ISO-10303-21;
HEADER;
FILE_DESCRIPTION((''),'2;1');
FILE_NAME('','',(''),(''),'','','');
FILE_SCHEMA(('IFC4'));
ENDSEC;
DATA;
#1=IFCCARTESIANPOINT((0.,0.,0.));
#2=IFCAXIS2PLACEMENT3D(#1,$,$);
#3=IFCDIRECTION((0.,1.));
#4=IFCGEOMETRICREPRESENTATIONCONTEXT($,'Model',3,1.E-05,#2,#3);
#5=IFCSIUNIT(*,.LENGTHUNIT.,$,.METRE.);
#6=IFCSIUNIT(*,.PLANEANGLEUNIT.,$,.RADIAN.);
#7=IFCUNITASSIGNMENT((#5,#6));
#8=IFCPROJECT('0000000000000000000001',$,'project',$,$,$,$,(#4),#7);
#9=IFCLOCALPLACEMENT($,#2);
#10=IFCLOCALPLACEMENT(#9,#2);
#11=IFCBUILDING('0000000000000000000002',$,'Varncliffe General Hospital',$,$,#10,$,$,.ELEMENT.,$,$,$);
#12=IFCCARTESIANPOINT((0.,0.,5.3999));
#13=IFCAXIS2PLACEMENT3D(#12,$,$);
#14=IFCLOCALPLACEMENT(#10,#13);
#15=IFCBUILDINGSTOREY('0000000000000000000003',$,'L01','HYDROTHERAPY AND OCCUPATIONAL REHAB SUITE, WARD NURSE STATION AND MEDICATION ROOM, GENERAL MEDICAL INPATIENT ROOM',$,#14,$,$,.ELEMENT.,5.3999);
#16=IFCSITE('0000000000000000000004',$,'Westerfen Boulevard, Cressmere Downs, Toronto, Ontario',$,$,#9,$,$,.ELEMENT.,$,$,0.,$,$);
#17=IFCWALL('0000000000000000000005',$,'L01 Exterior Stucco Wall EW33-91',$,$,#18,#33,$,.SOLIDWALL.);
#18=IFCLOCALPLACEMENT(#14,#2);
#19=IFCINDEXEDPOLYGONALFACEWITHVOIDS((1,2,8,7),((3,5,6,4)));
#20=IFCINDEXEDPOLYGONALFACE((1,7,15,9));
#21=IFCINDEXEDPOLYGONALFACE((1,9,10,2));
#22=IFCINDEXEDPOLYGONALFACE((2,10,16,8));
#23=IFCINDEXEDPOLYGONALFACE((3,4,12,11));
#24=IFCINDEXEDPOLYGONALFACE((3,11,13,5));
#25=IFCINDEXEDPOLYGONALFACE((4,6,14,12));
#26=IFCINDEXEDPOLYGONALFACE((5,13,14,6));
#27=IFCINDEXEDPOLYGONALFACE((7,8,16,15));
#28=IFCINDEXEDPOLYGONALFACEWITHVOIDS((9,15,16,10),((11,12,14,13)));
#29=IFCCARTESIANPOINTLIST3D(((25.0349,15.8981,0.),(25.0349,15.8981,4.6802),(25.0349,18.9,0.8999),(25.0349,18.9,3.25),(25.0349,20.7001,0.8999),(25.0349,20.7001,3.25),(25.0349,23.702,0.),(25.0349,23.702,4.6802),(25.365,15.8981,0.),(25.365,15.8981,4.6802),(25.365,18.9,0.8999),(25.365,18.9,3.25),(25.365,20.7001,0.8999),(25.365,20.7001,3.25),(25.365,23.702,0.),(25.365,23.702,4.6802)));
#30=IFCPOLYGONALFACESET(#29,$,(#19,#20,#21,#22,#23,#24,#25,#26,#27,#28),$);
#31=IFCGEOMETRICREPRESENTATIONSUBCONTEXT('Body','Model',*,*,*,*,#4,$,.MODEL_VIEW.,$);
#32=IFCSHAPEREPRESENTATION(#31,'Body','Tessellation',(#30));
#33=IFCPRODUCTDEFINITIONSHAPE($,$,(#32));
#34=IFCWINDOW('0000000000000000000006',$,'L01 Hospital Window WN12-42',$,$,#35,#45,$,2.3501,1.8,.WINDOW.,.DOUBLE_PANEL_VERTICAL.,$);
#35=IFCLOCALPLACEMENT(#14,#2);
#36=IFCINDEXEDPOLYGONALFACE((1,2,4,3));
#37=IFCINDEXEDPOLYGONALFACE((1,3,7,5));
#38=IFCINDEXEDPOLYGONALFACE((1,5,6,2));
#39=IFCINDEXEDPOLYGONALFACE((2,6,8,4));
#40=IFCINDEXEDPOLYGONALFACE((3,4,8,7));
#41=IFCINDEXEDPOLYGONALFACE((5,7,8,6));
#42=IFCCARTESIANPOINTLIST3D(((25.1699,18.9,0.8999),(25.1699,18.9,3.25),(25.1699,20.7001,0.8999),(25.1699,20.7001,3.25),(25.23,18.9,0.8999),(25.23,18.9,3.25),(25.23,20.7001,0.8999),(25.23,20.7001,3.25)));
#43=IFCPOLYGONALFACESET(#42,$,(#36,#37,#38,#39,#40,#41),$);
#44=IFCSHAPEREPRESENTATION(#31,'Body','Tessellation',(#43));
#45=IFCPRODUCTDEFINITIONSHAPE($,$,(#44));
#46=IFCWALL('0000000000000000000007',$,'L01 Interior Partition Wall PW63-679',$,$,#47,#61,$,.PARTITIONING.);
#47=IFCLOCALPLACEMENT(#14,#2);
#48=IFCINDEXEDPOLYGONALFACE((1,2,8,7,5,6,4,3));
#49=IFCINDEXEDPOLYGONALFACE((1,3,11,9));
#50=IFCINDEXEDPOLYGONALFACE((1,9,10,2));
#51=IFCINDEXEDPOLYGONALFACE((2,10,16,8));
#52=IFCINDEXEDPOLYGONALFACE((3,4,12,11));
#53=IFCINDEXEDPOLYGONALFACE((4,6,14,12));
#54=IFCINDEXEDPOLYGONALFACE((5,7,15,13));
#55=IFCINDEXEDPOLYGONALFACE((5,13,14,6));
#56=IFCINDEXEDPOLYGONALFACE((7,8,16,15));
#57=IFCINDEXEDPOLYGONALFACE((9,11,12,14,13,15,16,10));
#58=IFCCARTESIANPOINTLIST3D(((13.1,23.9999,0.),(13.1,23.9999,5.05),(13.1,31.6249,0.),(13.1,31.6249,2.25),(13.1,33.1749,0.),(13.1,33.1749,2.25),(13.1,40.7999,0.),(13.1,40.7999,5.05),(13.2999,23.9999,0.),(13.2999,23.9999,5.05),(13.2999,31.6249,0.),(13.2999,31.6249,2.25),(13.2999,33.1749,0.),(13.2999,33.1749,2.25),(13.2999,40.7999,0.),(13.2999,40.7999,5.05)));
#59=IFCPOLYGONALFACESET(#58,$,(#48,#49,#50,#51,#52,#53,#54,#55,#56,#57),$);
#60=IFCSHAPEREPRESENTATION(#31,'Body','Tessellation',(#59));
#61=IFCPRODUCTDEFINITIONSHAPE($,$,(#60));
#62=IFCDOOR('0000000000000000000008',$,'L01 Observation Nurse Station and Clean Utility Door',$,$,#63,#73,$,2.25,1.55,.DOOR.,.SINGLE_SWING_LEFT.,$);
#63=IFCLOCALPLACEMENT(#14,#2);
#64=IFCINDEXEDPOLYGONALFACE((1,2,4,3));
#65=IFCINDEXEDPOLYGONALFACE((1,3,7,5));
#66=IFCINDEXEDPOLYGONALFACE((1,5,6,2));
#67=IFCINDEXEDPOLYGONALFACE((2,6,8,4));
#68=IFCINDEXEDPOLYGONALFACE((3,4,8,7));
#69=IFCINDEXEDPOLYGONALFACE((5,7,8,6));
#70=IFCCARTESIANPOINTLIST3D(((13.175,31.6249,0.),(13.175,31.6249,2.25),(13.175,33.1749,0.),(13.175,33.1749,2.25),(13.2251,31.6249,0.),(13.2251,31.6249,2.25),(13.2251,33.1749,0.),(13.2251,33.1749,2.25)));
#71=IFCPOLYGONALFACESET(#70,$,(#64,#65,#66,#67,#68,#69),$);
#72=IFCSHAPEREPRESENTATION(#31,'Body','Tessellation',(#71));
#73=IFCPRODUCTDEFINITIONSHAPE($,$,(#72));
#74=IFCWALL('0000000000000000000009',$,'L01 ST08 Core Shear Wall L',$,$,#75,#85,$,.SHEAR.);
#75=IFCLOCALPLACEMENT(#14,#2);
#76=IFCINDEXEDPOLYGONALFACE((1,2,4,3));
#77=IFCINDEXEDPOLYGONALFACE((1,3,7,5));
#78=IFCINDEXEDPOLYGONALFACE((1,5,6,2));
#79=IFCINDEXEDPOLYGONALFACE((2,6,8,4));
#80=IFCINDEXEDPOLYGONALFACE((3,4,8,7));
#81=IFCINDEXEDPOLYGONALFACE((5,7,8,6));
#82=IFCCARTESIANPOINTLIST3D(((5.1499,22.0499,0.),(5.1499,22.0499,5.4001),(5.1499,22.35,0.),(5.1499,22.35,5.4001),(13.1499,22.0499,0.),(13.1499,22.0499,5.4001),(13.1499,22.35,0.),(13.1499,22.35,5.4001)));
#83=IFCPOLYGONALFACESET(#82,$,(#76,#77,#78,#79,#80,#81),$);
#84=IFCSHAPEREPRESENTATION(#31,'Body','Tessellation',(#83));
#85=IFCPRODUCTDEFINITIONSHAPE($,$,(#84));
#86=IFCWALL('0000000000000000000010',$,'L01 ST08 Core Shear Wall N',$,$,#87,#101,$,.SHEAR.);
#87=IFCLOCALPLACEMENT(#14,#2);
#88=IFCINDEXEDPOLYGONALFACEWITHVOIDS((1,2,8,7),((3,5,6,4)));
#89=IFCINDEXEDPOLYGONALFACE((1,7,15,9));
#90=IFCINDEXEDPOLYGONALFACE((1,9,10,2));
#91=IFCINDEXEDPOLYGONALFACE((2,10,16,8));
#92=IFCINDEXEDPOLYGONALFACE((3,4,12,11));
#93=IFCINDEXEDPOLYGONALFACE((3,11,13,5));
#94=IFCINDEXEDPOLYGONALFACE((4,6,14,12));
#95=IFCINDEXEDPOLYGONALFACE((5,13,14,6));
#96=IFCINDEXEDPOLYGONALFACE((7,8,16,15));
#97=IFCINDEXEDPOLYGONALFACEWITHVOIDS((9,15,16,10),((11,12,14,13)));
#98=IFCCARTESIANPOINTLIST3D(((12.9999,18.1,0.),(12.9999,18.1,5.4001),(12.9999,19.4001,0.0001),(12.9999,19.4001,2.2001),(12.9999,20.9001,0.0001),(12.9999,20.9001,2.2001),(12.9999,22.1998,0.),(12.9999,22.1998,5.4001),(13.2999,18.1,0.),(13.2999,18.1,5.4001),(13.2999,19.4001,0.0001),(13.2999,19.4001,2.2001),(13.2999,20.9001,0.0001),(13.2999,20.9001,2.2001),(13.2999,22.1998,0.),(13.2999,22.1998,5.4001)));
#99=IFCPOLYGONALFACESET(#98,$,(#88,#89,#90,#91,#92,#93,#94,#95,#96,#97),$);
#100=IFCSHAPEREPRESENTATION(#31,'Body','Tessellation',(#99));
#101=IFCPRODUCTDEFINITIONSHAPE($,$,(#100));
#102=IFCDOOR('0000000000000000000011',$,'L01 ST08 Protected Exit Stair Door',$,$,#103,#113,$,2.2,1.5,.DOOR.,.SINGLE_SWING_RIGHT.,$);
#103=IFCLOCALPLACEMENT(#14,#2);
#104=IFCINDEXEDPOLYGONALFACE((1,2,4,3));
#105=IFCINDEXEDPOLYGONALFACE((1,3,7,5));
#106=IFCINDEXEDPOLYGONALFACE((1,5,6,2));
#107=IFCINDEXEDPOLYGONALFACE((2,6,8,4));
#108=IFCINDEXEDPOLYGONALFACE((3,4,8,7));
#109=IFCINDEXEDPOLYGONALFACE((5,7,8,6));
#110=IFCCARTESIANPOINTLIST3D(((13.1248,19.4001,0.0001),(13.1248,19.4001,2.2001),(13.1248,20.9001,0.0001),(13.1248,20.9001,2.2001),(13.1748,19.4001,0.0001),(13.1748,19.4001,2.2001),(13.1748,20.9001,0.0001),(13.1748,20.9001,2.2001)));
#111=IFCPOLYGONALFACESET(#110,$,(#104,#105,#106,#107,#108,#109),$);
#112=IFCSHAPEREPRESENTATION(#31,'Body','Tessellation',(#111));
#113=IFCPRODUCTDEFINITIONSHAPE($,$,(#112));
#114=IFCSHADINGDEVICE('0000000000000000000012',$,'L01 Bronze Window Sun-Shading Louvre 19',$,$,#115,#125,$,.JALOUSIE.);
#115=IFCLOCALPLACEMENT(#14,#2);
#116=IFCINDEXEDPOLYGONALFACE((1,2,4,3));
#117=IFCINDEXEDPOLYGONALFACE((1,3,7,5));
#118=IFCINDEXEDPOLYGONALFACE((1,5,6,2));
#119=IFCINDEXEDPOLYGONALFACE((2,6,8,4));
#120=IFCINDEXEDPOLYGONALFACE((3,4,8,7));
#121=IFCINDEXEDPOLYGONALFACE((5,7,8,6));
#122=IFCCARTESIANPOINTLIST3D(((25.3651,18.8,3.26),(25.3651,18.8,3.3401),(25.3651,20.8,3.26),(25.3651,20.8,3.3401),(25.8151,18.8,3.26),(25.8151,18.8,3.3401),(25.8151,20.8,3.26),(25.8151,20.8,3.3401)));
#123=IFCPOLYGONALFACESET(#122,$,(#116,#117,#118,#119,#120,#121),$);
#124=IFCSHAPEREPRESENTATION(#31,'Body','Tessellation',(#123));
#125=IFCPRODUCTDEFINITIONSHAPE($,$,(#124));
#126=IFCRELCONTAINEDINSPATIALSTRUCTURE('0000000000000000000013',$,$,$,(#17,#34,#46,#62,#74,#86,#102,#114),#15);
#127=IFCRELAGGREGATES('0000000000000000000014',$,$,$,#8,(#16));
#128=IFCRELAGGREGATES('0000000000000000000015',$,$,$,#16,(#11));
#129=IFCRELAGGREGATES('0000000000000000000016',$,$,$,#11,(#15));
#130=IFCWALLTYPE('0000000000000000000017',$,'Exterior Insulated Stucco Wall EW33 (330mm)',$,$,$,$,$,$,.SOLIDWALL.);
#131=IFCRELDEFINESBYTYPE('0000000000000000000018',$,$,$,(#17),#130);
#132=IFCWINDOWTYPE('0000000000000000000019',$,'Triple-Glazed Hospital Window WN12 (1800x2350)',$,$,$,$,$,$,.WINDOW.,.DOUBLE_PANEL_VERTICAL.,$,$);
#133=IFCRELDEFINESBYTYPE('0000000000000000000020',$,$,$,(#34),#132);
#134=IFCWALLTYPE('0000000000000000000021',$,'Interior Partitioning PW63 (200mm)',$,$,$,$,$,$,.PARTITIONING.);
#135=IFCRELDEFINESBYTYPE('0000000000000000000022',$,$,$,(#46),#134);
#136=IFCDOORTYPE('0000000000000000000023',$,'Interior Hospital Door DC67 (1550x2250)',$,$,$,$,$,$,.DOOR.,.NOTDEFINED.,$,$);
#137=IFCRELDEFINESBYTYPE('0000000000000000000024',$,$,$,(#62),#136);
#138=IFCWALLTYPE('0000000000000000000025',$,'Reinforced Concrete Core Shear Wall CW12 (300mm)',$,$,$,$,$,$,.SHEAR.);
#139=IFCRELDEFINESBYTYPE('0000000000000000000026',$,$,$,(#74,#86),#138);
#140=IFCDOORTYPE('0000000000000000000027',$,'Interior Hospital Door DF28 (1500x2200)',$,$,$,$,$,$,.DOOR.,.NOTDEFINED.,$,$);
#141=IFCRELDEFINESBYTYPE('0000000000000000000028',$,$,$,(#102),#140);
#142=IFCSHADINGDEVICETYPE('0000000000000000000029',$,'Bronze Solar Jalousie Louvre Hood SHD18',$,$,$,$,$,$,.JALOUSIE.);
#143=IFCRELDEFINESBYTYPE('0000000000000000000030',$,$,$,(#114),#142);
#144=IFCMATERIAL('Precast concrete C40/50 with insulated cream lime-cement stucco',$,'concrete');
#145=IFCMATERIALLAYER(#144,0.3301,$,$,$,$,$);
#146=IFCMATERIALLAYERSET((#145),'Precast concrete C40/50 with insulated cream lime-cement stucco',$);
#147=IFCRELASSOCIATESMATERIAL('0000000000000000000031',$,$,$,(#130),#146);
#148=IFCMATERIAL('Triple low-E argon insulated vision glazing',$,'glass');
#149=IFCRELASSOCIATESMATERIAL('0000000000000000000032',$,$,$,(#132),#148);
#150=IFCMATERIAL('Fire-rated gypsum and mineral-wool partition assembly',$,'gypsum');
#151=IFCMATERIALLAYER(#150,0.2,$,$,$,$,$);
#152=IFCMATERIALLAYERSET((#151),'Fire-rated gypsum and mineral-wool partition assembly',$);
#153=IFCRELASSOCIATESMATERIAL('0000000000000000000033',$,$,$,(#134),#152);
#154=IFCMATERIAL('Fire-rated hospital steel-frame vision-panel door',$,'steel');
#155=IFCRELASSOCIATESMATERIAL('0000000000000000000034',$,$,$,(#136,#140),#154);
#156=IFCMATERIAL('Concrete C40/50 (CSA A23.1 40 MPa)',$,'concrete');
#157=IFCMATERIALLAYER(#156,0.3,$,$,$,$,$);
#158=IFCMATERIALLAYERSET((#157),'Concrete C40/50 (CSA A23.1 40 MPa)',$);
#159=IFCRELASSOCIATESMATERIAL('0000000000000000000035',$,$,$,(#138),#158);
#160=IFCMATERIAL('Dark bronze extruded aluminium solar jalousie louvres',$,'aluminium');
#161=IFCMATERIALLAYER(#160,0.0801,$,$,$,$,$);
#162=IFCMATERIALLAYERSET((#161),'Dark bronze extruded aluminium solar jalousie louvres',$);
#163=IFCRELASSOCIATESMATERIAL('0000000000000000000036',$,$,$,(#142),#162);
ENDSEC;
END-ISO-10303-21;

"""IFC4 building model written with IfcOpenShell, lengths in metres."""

from ifc_helpers import new_model, si_unit, direction, frame, frame_2d, origin, origin_2d, place, context, subcontext, project, spatial, rectangle, extrude, material, layer, layer_set, type_object, element, fill, save


model = new_model("IFC4")

# Units and contexts
model_context = context("Model", 3, precision=1e-05, world=origin(), true_north=direction((0.0, 1.0)))
body_context = subcontext(model_context, "Body", "Model", "MODEL_VIEW")
ifc_project = project(units=[si_unit("LENGTHUNIT", "METRE"), si_unit("PLANEANGLEUNIT", "RADIAN")], contexts=[model_context])

# Site, building, storey
site_placement = place(None, origin())
site = spatial("IfcSite", under=ifc_project, at=site_placement, Name="Westerfen Boulevard, Cressmere Downs, Toronto, Ontario", CompositionType="ELEMENT", RefElevation=0.0)
building_placement = place(site_placement, origin())
building = spatial("IfcBuilding", under=site, at=building_placement, Name="Varncliffe General Hospital", CompositionType="ELEMENT")
storey_placement = place(building_placement, frame((0.0, 0.0, 5.3999)))
storey = spatial("IfcBuildingStorey", under=building, at=storey_placement, Name="L01", Description="HYDROTHERAPY AND OCCUPATIONAL REHAB SUITE, WARD NURSE STATION AND MEDICATION ROOM, GENERAL MEDICAL INPATIENT ROOM", CompositionType="ELEMENT", Elevation=5.3999)

# Shared definitions
ifc_material_1 = material(Name="Concrete C40/50 (CSA A23.1 40 MPa)", Category="concrete")

# Wall, opening, window
ifc_material_2 = material(Name="Precast concrete C40/50 with insulated cream lime-cement stucco", Category="concrete")
ifc_material_3 = material(Name="Triple low-E argon insulated vision glazing", Category="glass")
ifc_layer_1 = layer(ifc_material_2, 0.3301)
ifc_layer_set_1 = layer_set([ifc_layer_1], Name="Precast concrete C40/50 with insulated cream lime-cement stucco")
wall_type_1 = type_object("IfcWallType", Name="Exterior Insulated Stucco Wall EW33 (330mm)", PredefinedType="SOLIDWALL", material=ifc_layer_set_1)
wall_1_placement = place(storey_placement, frame((25.2, 23.7019, 0.0), z_axis=(0.0, 0.0, 1.0), x_axis=(0.0, -1.0, 0.0)))
wall_1 = element("IfcWall", 1, at=wall_1_placement, inside=storey, type_object=wall_type_1, Name="L01 Exterior Stucco Wall EW33-91", PredefinedType="SOLIDWALL", context=body_context, shape_type="SweptSolid", body=[
    extrude(rectangle(XDim=7.804, YDim=0.3301, at=frame_2d((3.9019, 0.0))), origin(), (0.0, 0.0, 1.0), 4.6802),
])
opening_1_placement = place(wall_1_placement, frame((3.002, 0.0, 0.8999)))
opening_1 = element("IfcOpeningElement", 2, at=opening_1_placement, cuts=wall_1, PredefinedType="OPENING", context=body_context, shape_type="SweptSolid", body=[
    extrude(rectangle(XDim=1.8, YDim=2.3501, at=frame_2d((0.8999, 1.175))), frame((0.0, 0.175, 0.0), z_axis=(0.0, -1.0, 0.0), x_axis=(1.0, 0.0, 0.0)), (0.0, 0.0, 1.0), 0.3501),
])
window_type_1 = type_object("IfcWindowType", Name="Triple-Glazed Hospital Window WN12 (1800x2350)", PartitioningType="DOUBLE_PANEL_VERTICAL", PredefinedType="WINDOW", material=ifc_material_3)
window_1_placement = place(opening_1_placement, origin())
window_1 = element("IfcWindow", 3, at=window_1_placement, inside=storey, type_object=window_type_1, Name="L01 Hospital Window WN12-42", OverallHeight=2.3501, OverallWidth=1.8, PartitioningType="DOUBLE_PANEL_VERTICAL", PredefinedType="WINDOW", context=body_context, shape_type="SweptSolid", body=[
    extrude(rectangle(XDim=1.8, YDim=2.3501, at=frame_2d((0.8999, 1.175))), frame((0.0, 0.03, 0.0), z_axis=(0.0, -1.0, 0.0), x_axis=(1.0, 0.0, 0.0)), (0.0, 0.0, 1.0), 0.0601),
])
fill(opening_1, window_1)

# Wall, opening, door
ifc_material_4 = material(Name="Fire-rated gypsum and mineral-wool partition assembly", Category="gypsum")
ifc_layer_2 = layer(ifc_material_4, 0.2)
ifc_layer_set_2 = layer_set([ifc_layer_2], Name="Fire-rated gypsum and mineral-wool partition assembly")
wall_type_2 = type_object("IfcWallType", Name="Interior Partitioning PW63 (200mm)", PredefinedType="PARTITIONING", material=ifc_layer_set_2)
wall_2_placement = place(storey_placement, frame((13.2, 24.0, 0.0), z_axis=(0.0, 0.0, 1.0), x_axis=(0.0, 1.0, 0.0)))
wall_2 = element("IfcWall", 4, at=wall_2_placement, inside=storey, type_object=wall_type_2, Name="L01 Interior Partition Wall PW63-679", PredefinedType="PARTITIONING", context=body_context, shape_type="SweptSolid", body=[
    extrude(rectangle(XDim=16.8, YDim=0.2, at=frame_2d((8.3999, 0.0))), origin(), (0.0, 0.0, 1.0), 5.05),
])
opening_2_placement = place(wall_2_placement, frame((7.625, 0.0, 0.0)))
opening_2 = element("IfcOpeningElement", 5, at=opening_2_placement, cuts=wall_2, PredefinedType="OPENING", context=body_context, shape_type="SweptSolid", body=[
    extrude(rectangle(XDim=1.55, YDim=2.25, at=frame_2d((0.7749, 1.125))), frame((0.0, 0.1099, 0.0), z_axis=(0.0, -1.0, 0.0), x_axis=(1.0, 0.0, 0.0)), (0.0, 0.0, 1.0), 0.22),
])
ifc_material_5 = material(Name="Fire-rated hospital steel-frame vision-panel door", Category="steel")
door_type_1 = type_object("IfcDoorType", Name="Interior Hospital Door DC67 (1550x2250)", OperationType="NOTDEFINED", PredefinedType="DOOR", material=ifc_material_5)
door_1_placement = place(opening_2_placement, origin())
door_1 = element("IfcDoor", 6, at=door_1_placement, inside=storey, type_object=door_type_1, Name="L01 Observation Nurse Station and Clean Utility Door", OperationType="SINGLE_SWING_LEFT", OverallHeight=2.25, OverallWidth=1.55, PredefinedType="DOOR", context=body_context, shape_type="SweptSolid", body=[
    extrude(rectangle(XDim=1.55, YDim=2.25, at=frame_2d((0.7749, 1.125))), frame((0.0, 0.0249, 0.0), z_axis=(0.0, -1.0, 0.0), x_axis=(1.0, 0.0, 0.0)), (0.0, 0.0, 1.0), 0.05),
])
fill(opening_2, door_1)

# Wall
ifc_layer_3 = layer(ifc_material_1, 0.3)
ifc_layer_set_3 = layer_set([ifc_layer_3], Name="Concrete C40/50 (CSA A23.1 40 MPa)")
wall_type_3 = type_object("IfcWallType", Name="Reinforced Concrete Core Shear Wall CW12 (300mm)", PredefinedType="SHEAR", material=ifc_layer_set_3)
wall_3_placement = place(storey_placement, frame((13.1499, 22.2, 0.0), z_axis=(0.0, 0.0, 1.0), x_axis=(-1.0, 0.0, 0.0)))
element("IfcWall", 7, at=wall_3_placement, inside=storey, type_object=wall_type_3, Name="L01 ST08 Core Shear Wall L", PredefinedType="SHEAR", context=body_context, shape_type="SweptSolid", body=[
    extrude(rectangle(XDim=8.0, YDim=0.3, at=frame_2d((4.0, 0.0))), origin(), (0.0, 0.0, 1.0), 5.4001),
])

# Wall, opening, door
wall_4_placement = place(storey_placement, frame((13.1499, 18.1001, 0.0), z_axis=(0.0, 0.0, 1.0), x_axis=(0.0, 1.0, 0.0)))
wall_4 = element("IfcWall", 8, at=wall_4_placement, inside=storey, type_object=wall_type_3, Name="L01 ST08 Core Shear Wall N", PredefinedType="SHEAR", context=body_context, shape_type="SweptSolid", body=[
    extrude(rectangle(XDim=4.0999, YDim=0.3, at=frame_2d((2.0498, 0.0))), origin(), (0.0, 0.0, 1.0), 5.4001),
])
opening_3_placement = place(wall_4_placement, frame((1.3, 0.0, 0.0)))
opening_3 = element("IfcOpeningElement", 9, at=opening_3_placement, cuts=wall_4, PredefinedType="OPENING", context=body_context, shape_type="SweptSolid", body=[
    extrude(rectangle(XDim=1.5, YDim=2.2, at=frame_2d((0.75, 1.1001))), frame((0.0, 0.1602, 0.0), z_axis=(0.0, -1.0, 0.0), x_axis=(1.0, 0.0, 0.0)), (0.0, 0.0, 1.0), 0.3201),
])
door_type_2 = type_object("IfcDoorType", Name="Interior Hospital Door DF28 (1500x2200)", OperationType="NOTDEFINED", PredefinedType="DOOR", material=ifc_material_5)
door_2_placement = place(opening_3_placement, frame((1.5, 0.0, 0.0), z_axis=(0.0, 0.0, 1.0), x_axis=(-1.0, 0.0, 0.0)))
door_2 = element("IfcDoor", 10, at=door_2_placement, inside=storey, type_object=door_type_2, Name="L01 ST08 Protected Exit Stair Door", OperationType="SINGLE_SWING_RIGHT", OverallHeight=2.2, OverallWidth=1.5, PredefinedType="DOOR", context=body_context, shape_type="SweptSolid", body=[
    extrude(rectangle(XDim=1.5, YDim=2.2, at=frame_2d((0.75, 1.1001))), frame((0.0, 0.0249, 0.0), z_axis=(0.0, -1.0, 0.0), x_axis=(1.0, 0.0, 0.0)), (0.0, 0.0, 1.0), 0.05),
])
fill(opening_3, door_2)

# Shading device
ifc_material_6 = material(Name="Dark bronze extruded aluminium solar jalousie louvres", Category="aluminium")
ifc_layer_4 = layer(ifc_material_6, 0.0801)
ifc_layer_set_4 = layer_set([ifc_layer_4], Name="Dark bronze extruded aluminium solar jalousie louvres")
shading_device_type = type_object("IfcShadingDeviceType", Name="Bronze Solar Jalousie Louvre Hood SHD18", PredefinedType="JALOUSIE", material=ifc_layer_set_4)
shading_device_placement = place(storey_placement, frame((25.5901, 19.8, 3.26), z_axis=(0.0, 0.0, 1.0), x_axis=(0.0, -1.0, 0.0)))
element("IfcShadingDevice", 11, at=shading_device_placement, inside=storey, type_object=shading_device_type, Name="L01 Bronze Window Sun-Shading Louvre 19", PredefinedType="JALOUSIE", context=body_context, shape_type="SweptSolid", body=[
    extrude(rectangle(XDim=2.0, YDim=0.45, at=origin_2d()), origin(), (0.0, 0.0, 1.0), 0.0801),
])

save(model, "model.ifc")
